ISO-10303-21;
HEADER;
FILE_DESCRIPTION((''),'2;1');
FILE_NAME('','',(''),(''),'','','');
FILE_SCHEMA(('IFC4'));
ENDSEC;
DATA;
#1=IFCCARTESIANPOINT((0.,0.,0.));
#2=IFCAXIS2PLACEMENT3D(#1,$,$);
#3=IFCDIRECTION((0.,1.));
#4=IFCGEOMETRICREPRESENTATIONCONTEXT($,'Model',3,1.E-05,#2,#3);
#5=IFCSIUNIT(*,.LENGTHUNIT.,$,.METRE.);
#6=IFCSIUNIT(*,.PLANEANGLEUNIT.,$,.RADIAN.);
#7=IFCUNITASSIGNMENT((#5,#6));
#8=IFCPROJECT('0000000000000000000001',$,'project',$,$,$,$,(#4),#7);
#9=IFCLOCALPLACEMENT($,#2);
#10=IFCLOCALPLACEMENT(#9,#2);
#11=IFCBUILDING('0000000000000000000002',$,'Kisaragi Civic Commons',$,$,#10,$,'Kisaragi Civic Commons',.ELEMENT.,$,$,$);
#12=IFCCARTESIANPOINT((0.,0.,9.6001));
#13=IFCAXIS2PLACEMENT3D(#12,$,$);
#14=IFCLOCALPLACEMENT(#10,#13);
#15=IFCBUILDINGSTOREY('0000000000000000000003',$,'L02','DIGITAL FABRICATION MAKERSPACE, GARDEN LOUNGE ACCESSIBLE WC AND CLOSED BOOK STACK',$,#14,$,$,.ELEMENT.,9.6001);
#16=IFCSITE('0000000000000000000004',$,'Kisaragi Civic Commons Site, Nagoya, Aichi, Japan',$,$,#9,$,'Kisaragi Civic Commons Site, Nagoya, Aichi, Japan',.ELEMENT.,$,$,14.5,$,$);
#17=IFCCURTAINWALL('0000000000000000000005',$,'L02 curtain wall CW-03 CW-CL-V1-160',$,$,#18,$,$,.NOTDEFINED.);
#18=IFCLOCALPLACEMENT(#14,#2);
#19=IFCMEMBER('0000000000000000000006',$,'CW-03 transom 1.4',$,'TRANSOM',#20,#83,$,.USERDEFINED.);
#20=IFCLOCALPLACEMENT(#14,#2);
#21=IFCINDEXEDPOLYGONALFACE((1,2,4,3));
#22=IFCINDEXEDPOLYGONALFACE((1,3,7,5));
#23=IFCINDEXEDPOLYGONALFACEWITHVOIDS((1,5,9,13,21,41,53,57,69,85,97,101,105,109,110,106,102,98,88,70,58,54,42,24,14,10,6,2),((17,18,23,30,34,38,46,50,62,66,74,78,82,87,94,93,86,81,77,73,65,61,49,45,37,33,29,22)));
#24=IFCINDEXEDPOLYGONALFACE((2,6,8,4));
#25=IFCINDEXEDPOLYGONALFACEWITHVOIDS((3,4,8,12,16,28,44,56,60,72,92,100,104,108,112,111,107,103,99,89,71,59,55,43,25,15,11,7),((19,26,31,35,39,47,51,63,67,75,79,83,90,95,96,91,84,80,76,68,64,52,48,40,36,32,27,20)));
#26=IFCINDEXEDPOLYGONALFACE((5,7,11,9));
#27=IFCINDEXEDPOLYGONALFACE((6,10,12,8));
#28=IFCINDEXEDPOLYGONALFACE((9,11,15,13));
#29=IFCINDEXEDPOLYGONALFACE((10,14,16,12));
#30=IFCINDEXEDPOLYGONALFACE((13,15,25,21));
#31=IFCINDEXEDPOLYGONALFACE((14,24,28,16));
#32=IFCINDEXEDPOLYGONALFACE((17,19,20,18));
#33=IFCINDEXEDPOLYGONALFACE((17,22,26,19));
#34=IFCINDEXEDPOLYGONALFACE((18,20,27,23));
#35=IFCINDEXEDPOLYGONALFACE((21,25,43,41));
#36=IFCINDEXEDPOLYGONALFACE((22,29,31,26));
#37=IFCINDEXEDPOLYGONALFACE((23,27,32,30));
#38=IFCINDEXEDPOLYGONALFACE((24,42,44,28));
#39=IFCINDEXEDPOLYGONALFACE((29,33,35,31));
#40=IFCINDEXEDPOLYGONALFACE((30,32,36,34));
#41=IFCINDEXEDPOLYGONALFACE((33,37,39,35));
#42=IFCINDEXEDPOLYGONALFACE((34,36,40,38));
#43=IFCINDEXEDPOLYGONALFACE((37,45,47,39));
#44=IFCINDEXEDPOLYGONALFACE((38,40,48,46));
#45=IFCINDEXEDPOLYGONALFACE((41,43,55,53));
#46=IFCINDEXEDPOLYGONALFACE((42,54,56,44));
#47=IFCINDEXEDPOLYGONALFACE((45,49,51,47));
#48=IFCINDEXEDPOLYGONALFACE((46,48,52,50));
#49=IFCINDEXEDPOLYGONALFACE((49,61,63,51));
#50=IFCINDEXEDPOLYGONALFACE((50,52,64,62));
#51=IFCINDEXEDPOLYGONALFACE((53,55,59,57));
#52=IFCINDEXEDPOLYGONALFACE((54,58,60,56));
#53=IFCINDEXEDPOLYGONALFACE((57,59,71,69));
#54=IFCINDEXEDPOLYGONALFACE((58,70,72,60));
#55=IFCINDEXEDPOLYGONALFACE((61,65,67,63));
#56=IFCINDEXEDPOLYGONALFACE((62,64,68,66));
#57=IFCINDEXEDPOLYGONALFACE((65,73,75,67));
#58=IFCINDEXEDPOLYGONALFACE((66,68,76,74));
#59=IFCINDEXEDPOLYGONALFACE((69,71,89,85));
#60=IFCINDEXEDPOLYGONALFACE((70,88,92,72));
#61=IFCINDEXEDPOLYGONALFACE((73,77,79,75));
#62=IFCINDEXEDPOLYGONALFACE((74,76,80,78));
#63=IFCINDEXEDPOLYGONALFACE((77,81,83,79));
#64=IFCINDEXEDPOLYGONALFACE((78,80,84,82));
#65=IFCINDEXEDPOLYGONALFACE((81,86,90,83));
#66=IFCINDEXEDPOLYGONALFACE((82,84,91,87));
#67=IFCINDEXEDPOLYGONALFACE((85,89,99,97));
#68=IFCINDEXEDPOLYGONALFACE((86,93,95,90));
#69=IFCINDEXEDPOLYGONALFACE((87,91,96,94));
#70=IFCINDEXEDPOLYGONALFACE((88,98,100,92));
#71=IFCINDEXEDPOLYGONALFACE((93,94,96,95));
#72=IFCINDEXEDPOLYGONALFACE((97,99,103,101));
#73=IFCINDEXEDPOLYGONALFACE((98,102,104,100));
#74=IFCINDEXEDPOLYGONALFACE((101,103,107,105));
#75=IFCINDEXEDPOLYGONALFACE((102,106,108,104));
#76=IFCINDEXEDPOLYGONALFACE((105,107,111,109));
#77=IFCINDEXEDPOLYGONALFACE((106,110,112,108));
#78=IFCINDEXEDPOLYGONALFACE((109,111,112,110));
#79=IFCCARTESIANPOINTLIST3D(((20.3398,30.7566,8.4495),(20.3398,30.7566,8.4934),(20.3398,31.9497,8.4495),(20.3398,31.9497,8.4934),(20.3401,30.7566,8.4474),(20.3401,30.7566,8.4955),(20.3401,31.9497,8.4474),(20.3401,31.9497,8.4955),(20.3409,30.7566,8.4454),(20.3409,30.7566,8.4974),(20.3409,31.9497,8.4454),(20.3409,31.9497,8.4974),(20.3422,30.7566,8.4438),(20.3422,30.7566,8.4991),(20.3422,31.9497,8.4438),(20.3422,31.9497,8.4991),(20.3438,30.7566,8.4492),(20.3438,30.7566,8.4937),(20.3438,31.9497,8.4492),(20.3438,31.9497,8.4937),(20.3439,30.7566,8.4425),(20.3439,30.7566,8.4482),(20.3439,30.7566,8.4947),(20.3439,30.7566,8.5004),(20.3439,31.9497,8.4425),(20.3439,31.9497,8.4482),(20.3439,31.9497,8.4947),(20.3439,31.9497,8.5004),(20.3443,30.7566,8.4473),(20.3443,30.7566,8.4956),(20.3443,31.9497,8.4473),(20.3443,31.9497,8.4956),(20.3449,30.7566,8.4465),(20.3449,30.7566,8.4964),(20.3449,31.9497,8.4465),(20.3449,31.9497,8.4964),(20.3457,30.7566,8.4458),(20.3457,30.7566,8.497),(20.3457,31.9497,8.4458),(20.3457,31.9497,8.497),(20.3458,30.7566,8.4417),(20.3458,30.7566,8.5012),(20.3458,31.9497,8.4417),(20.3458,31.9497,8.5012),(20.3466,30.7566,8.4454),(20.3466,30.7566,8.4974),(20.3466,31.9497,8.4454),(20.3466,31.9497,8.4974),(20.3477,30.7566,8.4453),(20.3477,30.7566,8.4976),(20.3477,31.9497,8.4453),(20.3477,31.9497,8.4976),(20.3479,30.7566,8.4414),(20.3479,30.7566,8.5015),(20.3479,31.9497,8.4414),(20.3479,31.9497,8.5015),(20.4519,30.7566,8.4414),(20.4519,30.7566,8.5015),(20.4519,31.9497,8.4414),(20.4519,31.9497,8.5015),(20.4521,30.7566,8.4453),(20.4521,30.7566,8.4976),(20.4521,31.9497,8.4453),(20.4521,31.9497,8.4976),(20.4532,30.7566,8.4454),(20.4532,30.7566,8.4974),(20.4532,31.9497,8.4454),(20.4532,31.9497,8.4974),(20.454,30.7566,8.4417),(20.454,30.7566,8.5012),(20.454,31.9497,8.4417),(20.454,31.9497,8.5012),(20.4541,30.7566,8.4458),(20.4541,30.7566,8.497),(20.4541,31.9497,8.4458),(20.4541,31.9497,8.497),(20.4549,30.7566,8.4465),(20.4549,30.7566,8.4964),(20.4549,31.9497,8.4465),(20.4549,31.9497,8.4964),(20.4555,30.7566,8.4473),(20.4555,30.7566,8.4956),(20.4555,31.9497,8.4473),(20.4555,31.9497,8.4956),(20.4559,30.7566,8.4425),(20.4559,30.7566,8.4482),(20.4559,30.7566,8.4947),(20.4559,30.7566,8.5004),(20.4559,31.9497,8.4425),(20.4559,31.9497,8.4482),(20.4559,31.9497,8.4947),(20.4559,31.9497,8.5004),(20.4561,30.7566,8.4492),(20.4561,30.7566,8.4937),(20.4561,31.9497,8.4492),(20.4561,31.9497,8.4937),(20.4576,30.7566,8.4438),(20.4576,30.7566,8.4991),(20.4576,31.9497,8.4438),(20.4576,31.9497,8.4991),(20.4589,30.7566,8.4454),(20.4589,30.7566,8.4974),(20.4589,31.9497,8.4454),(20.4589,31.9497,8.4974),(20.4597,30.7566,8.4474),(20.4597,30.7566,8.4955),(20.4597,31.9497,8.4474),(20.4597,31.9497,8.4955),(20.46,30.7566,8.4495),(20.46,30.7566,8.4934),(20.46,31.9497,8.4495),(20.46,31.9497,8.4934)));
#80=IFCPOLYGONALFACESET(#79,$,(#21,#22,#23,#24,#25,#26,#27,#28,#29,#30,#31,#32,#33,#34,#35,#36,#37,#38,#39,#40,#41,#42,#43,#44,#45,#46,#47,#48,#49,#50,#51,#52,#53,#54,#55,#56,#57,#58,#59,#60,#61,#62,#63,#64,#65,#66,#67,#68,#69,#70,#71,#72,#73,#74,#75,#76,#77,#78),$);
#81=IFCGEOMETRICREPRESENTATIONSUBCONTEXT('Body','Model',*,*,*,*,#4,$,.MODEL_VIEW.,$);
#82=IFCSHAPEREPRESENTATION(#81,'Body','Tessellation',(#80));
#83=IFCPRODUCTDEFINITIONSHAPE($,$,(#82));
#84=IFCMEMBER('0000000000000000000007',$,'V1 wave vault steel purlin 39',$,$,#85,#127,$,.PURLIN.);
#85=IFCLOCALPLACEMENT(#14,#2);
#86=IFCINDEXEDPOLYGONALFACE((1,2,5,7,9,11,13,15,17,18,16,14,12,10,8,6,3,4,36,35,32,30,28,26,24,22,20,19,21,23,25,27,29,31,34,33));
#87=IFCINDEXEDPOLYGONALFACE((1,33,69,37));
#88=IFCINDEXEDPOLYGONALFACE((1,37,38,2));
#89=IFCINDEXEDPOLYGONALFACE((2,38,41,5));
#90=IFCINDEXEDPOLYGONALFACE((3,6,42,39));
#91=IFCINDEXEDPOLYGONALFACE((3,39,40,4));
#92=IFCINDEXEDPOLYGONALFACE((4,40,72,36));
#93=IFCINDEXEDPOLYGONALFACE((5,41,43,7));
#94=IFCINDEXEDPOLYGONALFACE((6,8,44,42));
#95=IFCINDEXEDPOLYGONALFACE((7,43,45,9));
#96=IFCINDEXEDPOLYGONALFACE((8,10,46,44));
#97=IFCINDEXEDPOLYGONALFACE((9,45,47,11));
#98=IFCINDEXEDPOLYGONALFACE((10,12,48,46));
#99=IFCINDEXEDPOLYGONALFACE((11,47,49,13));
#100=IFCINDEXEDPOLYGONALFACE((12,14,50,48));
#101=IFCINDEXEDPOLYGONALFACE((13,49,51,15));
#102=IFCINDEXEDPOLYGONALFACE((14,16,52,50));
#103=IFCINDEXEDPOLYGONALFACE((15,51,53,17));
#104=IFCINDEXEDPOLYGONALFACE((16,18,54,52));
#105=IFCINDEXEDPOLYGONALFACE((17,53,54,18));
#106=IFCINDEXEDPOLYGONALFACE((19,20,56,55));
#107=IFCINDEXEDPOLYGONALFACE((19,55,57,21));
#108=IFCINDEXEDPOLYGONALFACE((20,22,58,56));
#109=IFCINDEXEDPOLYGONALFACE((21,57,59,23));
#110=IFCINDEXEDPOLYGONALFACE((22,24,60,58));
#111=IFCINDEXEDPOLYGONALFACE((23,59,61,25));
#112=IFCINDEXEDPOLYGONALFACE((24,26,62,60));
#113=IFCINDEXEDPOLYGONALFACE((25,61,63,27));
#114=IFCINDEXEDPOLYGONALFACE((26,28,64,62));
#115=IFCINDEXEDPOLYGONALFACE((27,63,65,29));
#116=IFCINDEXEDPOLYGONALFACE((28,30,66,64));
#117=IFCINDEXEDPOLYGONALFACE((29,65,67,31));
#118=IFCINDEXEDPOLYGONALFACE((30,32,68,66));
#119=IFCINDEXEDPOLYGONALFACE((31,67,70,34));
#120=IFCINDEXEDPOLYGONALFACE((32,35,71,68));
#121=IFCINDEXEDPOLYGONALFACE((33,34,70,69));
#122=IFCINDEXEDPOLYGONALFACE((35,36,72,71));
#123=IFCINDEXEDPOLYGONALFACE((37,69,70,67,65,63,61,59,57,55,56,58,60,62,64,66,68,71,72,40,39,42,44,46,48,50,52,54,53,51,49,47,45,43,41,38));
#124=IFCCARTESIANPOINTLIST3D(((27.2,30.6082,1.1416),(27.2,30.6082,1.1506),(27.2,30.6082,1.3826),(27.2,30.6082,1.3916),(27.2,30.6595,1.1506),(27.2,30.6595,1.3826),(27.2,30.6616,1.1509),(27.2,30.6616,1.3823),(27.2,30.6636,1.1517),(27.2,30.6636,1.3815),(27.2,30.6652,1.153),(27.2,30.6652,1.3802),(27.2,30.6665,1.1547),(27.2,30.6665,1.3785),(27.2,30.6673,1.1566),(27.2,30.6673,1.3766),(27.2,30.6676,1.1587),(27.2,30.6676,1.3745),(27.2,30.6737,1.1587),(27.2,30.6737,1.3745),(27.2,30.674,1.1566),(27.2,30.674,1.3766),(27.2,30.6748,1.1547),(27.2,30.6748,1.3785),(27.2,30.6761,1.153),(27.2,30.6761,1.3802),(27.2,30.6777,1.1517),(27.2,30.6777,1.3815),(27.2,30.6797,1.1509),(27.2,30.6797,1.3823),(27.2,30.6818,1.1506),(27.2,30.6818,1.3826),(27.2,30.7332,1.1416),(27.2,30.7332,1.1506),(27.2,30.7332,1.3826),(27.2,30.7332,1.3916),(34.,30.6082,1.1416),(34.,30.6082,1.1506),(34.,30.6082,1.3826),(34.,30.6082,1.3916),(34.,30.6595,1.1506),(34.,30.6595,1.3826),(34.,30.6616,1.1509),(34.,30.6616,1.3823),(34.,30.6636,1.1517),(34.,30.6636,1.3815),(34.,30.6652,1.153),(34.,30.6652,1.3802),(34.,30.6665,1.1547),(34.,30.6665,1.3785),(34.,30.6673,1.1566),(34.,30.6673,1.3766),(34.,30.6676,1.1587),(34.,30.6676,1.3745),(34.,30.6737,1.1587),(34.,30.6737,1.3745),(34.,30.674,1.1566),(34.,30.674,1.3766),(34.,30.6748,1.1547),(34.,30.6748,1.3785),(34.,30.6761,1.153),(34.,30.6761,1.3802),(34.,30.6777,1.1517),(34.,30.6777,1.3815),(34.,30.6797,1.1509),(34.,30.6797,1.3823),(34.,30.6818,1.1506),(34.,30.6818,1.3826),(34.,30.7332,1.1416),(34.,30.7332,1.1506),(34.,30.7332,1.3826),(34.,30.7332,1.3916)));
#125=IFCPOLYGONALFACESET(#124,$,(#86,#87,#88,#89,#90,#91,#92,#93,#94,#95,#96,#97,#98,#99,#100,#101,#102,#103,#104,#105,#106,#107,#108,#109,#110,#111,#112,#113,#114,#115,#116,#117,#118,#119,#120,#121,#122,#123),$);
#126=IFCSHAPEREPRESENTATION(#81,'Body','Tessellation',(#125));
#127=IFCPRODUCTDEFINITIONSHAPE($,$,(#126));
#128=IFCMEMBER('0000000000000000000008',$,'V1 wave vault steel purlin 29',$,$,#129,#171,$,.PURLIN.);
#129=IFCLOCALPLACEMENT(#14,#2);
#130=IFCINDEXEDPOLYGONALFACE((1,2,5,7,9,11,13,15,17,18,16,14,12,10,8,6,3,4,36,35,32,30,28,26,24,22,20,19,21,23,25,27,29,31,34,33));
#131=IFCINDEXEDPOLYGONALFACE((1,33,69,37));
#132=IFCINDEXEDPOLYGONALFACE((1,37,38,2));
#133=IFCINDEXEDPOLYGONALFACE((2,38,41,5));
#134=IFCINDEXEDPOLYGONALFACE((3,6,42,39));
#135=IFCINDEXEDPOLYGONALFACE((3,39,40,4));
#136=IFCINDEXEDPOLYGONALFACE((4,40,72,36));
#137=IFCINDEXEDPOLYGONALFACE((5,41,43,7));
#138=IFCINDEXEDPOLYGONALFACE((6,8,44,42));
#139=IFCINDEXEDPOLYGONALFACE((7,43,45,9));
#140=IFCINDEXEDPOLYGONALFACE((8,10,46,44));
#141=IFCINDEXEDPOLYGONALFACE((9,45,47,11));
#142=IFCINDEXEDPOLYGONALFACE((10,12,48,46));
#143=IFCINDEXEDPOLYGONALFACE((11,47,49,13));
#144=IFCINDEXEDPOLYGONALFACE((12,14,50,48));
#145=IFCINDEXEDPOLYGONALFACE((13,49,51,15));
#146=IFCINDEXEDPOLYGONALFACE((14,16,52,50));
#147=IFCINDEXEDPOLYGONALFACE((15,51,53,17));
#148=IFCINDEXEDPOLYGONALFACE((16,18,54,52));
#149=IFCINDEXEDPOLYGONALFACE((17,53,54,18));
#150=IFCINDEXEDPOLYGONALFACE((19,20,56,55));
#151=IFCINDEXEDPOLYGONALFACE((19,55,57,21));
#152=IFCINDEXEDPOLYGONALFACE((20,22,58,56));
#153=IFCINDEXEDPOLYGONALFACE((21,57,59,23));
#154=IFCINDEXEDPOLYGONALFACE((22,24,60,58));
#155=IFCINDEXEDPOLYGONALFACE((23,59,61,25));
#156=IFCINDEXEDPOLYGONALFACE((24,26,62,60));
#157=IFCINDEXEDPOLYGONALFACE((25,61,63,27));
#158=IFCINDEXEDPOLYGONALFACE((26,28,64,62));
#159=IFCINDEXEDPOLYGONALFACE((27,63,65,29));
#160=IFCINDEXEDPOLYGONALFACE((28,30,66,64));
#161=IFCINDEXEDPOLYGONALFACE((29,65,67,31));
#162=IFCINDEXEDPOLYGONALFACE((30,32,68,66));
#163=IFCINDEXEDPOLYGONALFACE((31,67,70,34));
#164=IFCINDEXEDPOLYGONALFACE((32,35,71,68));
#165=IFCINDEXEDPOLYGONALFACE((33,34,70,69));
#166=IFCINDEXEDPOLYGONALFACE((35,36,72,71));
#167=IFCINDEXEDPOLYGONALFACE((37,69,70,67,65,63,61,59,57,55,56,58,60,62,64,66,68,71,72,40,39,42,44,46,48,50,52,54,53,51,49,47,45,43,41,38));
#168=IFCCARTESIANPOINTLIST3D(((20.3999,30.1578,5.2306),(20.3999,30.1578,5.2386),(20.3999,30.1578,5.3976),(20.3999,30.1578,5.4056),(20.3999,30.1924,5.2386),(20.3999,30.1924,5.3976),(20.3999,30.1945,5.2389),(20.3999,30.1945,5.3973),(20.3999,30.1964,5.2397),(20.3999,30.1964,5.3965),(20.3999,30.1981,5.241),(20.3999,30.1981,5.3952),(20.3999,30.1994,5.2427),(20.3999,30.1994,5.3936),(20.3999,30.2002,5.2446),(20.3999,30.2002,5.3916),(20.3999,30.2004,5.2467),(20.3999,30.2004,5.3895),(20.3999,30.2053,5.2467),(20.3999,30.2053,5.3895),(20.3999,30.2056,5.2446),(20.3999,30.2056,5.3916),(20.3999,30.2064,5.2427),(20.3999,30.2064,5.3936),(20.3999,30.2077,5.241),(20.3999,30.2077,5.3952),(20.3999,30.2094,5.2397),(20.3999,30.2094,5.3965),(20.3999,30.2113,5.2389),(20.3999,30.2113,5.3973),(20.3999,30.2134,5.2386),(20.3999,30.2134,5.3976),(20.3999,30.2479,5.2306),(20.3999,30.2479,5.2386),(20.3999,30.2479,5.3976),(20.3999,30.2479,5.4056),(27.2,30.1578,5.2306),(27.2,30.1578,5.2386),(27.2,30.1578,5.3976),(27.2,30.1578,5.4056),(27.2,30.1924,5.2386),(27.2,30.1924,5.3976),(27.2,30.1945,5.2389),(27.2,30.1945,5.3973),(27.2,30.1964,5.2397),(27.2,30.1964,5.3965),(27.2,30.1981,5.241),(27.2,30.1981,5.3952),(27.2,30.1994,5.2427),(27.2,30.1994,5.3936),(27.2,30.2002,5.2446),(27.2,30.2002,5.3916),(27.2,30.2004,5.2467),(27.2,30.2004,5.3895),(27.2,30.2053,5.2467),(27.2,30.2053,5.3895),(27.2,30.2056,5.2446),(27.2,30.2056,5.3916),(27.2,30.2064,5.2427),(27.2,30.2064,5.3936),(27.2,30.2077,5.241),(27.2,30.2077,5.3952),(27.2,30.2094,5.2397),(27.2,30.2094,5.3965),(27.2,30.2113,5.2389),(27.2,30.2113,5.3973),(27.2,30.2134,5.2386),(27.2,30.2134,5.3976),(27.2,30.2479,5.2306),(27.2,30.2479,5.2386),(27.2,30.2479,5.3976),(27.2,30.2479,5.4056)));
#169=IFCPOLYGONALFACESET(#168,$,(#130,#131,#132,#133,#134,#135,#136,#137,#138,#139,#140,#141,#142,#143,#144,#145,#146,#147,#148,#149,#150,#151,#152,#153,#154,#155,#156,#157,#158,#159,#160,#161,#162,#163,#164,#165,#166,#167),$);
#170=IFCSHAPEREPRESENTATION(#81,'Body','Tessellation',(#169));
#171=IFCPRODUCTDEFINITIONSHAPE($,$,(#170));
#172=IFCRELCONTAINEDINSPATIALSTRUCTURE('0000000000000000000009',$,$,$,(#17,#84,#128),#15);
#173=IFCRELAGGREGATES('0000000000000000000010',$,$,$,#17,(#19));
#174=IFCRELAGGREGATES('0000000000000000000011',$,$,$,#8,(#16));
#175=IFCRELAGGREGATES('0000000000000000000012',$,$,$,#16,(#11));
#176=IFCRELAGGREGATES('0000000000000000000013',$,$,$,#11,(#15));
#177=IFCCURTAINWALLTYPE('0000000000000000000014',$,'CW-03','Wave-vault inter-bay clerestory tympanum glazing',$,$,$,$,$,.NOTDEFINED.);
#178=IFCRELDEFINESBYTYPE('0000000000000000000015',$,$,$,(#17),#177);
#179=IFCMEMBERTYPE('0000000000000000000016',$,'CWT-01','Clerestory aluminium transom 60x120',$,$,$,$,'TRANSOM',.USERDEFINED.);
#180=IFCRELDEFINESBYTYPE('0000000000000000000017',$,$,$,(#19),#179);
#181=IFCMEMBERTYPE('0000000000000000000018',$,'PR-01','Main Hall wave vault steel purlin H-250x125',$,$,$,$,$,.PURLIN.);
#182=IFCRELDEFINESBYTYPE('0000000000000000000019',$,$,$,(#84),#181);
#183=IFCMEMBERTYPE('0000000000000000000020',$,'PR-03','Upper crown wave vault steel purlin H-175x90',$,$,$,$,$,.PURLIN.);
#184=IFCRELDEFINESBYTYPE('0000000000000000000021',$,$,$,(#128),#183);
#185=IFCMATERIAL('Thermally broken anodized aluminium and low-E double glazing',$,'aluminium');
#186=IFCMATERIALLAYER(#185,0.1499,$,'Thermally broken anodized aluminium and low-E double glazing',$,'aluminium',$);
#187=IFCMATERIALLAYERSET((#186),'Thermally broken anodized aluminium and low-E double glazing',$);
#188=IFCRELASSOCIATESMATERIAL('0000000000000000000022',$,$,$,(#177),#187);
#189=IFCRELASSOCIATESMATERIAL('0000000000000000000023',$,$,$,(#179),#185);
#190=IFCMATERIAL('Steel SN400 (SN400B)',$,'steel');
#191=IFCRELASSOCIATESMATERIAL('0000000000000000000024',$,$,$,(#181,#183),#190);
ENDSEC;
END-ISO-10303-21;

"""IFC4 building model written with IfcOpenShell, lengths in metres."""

from ifc_helpers import new_model, si_unit, direction, frame, origin, origin_2d, place, context, subcontext, project, spatial, hollow_rectangle, i_section, extrude, material, layer, layer_set, material_profile, profile_set, type_object, element, aggregate, save


model = new_model("IFC4")

# Units and contexts
model_context = context("Model", 3, precision=1e-05, world=origin(), true_north=direction((0.0, 1.0)))
body_context = subcontext(model_context, "Body", "Model", "MODEL_VIEW")
ifc_project = project(units=[si_unit("LENGTHUNIT", "METRE"), si_unit("PLANEANGLEUNIT", "RADIAN")], contexts=[model_context])

# Site, building, storey
site_placement = place(None, origin())
site = spatial("IfcSite", under=ifc_project, at=site_placement, Name="Kisaragi Civic Commons Site, Nagoya, Aichi, Japan", LongName="Kisaragi Civic Commons Site, Nagoya, Aichi, Japan", CompositionType="ELEMENT", RefElevation=14.5)
building_placement = place(site_placement, origin())
building = spatial("IfcBuilding", under=site, at=building_placement, Name="Kisaragi Civic Commons", LongName="Kisaragi Civic Commons", CompositionType="ELEMENT")
storey_placement = place(building_placement, frame((0.0, 0.0, 9.6001)))
storey = spatial("IfcBuildingStorey", under=building, at=storey_placement, Name="L02", Description="DIGITAL FABRICATION MAKERSPACE, GARDEN LOUNGE ACCESSIBLE WC AND CLOSED BOOK STACK", CompositionType="ELEMENT", Elevation=9.6001)

# Shared definitions
ifc_material_1 = material(Name="Thermally broken anodized aluminium and low-E double glazing", Category="aluminium")
ifc_layer_1 = layer(ifc_material_1, 0.1499, Name="Thermally broken anodized aluminium and low-E double glazing", Category="aluminium")
ifc_layer_set_1 = layer_set([ifc_layer_1], Name="Thermally broken anodized aluminium and low-E double glazing")
curtain_wall_type = type_object("IfcCurtainWallType", Name="CW-03", Description="Wave-vault inter-bay clerestory tympanum glazing", PredefinedType="NOTDEFINED", material=ifc_layer_set_1)

# Curtain wall
curtain_wall_1_placement = place(storey_placement, origin())
curtain_wall_1 = element("IfcCurtainWall", 1, at=curtain_wall_1_placement, inside=storey, type_object=curtain_wall_type, Name="L02 curtain wall CW-03 CW-CL-V1-160", PredefinedType="NOTDEFINED")

# Member
ifc_material_profile_1 = material_profile(ifc_material_1, hollow_rectangle(XDim=0.1201, YDim=0.0601, WallThickness=0.0039, InnerFilletRadius=0.0039, OuterFilletRadius=0.0081, at=origin_2d()), Name="CWT-60x120x4", Category="aluminium")
ifc_profile_set_1 = profile_set([ifc_material_profile_1], Name="Thermally broken anodized aluminium and low-E double glazing")
member_type_1 = type_object("IfcMemberType", Name="CWT-01", Description="Clerestory aluminium transom 60x120", ElementType="TRANSOM", PredefinedType="USERDEFINED", material=ifc_profile_set_1)
member_1_placement = place(storey_placement, frame((20.3999, 30.7566, 8.4714), z_axis=(0.0, 1.0, 0.0), x_axis=(-1.0, 0.0, 0.0)))
member_1 = element("IfcMember", 2, at=member_1_placement, type_object=member_type_1, Name="CW-03 transom 1.4", ObjectType="TRANSOM", PredefinedType="USERDEFINED", context=body_context, shape_type="SweptSolid", body=[
    extrude(hollow_rectangle(XDim=0.1201, YDim=0.0601, WallThickness=0.0039, InnerFilletRadius=0.0039, OuterFilletRadius=0.0081, at=origin_2d()), origin(), (0.0, 0.0, 1.0), 1.1931),
])

# Members
ifc_material_2 = material(Name="Steel SN400 (SN400B)", Category="steel")
ifc_material_profile_2 = material_profile(ifc_material_2, i_section(OverallWidth=0.125, OverallDepth=0.25, WebThickness=0.0061, FlangeThickness=0.009, FilletRadius=0.0081, at=origin_2d()), Name="H-250x125x6x9", Category="steel")
ifc_profile_set_2 = profile_set([ifc_material_profile_2], Name="Steel SN400 (SN400B)")
member_type_2 = type_object("IfcMemberType", Name="PR-01", Description="Main Hall wave vault steel purlin H-250x125", PredefinedType="PURLIN", material=ifc_profile_set_2)
member_2_placement = place(storey_placement, frame((27.2, 30.6707, 1.2666), z_axis=(1.0, 0.0, 0.0), x_axis=(0.0, 1.0, 0.0)))
element("IfcMember", 3, at=member_2_placement, inside=storey, type_object=member_type_2, Name="V1 wave vault steel purlin 39", PredefinedType="PURLIN", context=body_context, shape_type="SweptSolid", body=[
    extrude(i_section(OverallWidth=0.125, OverallDepth=0.25, WebThickness=0.0061, FlangeThickness=0.009, FilletRadius=0.0081, at=origin_2d()), origin(), (0.0, 0.0, 1.0), 6.8),
])
ifc_material_profile_3 = material_profile(ifc_material_2, i_section(OverallWidth=0.0901, OverallDepth=0.175, WebThickness=0.0049, FlangeThickness=0.0081, FilletRadius=0.0081, at=origin_2d()), Name="H-175x90x5x8", Category="steel")
ifc_profile_set_3 = profile_set([ifc_material_profile_3], Name="Steel SN400 (SN400B)")
member_type_3 = type_object("IfcMemberType", Name="PR-03", Description="Upper crown wave vault steel purlin H-175x90", PredefinedType="PURLIN", material=ifc_profile_set_3)
member_3_placement = place(storey_placement, frame((20.3999, 30.2029, 5.3181), z_axis=(1.0, 0.0, 0.0), x_axis=(0.0, 1.0, 0.0)))
element("IfcMember", 4, at=member_3_placement, inside=storey, type_object=member_type_3, Name="V1 wave vault steel purlin 29", PredefinedType="PURLIN", context=body_context, shape_type="SweptSolid", body=[
    extrude(i_section(OverallWidth=0.0901, OverallDepth=0.175, WebThickness=0.0049, FlangeThickness=0.0081, FilletRadius=0.0081, at=origin_2d()), origin(), (0.0, 0.0, 1.0), 6.8),
])

aggregate(curtain_wall_1, [member_1])

save(model, "model.ifc")
